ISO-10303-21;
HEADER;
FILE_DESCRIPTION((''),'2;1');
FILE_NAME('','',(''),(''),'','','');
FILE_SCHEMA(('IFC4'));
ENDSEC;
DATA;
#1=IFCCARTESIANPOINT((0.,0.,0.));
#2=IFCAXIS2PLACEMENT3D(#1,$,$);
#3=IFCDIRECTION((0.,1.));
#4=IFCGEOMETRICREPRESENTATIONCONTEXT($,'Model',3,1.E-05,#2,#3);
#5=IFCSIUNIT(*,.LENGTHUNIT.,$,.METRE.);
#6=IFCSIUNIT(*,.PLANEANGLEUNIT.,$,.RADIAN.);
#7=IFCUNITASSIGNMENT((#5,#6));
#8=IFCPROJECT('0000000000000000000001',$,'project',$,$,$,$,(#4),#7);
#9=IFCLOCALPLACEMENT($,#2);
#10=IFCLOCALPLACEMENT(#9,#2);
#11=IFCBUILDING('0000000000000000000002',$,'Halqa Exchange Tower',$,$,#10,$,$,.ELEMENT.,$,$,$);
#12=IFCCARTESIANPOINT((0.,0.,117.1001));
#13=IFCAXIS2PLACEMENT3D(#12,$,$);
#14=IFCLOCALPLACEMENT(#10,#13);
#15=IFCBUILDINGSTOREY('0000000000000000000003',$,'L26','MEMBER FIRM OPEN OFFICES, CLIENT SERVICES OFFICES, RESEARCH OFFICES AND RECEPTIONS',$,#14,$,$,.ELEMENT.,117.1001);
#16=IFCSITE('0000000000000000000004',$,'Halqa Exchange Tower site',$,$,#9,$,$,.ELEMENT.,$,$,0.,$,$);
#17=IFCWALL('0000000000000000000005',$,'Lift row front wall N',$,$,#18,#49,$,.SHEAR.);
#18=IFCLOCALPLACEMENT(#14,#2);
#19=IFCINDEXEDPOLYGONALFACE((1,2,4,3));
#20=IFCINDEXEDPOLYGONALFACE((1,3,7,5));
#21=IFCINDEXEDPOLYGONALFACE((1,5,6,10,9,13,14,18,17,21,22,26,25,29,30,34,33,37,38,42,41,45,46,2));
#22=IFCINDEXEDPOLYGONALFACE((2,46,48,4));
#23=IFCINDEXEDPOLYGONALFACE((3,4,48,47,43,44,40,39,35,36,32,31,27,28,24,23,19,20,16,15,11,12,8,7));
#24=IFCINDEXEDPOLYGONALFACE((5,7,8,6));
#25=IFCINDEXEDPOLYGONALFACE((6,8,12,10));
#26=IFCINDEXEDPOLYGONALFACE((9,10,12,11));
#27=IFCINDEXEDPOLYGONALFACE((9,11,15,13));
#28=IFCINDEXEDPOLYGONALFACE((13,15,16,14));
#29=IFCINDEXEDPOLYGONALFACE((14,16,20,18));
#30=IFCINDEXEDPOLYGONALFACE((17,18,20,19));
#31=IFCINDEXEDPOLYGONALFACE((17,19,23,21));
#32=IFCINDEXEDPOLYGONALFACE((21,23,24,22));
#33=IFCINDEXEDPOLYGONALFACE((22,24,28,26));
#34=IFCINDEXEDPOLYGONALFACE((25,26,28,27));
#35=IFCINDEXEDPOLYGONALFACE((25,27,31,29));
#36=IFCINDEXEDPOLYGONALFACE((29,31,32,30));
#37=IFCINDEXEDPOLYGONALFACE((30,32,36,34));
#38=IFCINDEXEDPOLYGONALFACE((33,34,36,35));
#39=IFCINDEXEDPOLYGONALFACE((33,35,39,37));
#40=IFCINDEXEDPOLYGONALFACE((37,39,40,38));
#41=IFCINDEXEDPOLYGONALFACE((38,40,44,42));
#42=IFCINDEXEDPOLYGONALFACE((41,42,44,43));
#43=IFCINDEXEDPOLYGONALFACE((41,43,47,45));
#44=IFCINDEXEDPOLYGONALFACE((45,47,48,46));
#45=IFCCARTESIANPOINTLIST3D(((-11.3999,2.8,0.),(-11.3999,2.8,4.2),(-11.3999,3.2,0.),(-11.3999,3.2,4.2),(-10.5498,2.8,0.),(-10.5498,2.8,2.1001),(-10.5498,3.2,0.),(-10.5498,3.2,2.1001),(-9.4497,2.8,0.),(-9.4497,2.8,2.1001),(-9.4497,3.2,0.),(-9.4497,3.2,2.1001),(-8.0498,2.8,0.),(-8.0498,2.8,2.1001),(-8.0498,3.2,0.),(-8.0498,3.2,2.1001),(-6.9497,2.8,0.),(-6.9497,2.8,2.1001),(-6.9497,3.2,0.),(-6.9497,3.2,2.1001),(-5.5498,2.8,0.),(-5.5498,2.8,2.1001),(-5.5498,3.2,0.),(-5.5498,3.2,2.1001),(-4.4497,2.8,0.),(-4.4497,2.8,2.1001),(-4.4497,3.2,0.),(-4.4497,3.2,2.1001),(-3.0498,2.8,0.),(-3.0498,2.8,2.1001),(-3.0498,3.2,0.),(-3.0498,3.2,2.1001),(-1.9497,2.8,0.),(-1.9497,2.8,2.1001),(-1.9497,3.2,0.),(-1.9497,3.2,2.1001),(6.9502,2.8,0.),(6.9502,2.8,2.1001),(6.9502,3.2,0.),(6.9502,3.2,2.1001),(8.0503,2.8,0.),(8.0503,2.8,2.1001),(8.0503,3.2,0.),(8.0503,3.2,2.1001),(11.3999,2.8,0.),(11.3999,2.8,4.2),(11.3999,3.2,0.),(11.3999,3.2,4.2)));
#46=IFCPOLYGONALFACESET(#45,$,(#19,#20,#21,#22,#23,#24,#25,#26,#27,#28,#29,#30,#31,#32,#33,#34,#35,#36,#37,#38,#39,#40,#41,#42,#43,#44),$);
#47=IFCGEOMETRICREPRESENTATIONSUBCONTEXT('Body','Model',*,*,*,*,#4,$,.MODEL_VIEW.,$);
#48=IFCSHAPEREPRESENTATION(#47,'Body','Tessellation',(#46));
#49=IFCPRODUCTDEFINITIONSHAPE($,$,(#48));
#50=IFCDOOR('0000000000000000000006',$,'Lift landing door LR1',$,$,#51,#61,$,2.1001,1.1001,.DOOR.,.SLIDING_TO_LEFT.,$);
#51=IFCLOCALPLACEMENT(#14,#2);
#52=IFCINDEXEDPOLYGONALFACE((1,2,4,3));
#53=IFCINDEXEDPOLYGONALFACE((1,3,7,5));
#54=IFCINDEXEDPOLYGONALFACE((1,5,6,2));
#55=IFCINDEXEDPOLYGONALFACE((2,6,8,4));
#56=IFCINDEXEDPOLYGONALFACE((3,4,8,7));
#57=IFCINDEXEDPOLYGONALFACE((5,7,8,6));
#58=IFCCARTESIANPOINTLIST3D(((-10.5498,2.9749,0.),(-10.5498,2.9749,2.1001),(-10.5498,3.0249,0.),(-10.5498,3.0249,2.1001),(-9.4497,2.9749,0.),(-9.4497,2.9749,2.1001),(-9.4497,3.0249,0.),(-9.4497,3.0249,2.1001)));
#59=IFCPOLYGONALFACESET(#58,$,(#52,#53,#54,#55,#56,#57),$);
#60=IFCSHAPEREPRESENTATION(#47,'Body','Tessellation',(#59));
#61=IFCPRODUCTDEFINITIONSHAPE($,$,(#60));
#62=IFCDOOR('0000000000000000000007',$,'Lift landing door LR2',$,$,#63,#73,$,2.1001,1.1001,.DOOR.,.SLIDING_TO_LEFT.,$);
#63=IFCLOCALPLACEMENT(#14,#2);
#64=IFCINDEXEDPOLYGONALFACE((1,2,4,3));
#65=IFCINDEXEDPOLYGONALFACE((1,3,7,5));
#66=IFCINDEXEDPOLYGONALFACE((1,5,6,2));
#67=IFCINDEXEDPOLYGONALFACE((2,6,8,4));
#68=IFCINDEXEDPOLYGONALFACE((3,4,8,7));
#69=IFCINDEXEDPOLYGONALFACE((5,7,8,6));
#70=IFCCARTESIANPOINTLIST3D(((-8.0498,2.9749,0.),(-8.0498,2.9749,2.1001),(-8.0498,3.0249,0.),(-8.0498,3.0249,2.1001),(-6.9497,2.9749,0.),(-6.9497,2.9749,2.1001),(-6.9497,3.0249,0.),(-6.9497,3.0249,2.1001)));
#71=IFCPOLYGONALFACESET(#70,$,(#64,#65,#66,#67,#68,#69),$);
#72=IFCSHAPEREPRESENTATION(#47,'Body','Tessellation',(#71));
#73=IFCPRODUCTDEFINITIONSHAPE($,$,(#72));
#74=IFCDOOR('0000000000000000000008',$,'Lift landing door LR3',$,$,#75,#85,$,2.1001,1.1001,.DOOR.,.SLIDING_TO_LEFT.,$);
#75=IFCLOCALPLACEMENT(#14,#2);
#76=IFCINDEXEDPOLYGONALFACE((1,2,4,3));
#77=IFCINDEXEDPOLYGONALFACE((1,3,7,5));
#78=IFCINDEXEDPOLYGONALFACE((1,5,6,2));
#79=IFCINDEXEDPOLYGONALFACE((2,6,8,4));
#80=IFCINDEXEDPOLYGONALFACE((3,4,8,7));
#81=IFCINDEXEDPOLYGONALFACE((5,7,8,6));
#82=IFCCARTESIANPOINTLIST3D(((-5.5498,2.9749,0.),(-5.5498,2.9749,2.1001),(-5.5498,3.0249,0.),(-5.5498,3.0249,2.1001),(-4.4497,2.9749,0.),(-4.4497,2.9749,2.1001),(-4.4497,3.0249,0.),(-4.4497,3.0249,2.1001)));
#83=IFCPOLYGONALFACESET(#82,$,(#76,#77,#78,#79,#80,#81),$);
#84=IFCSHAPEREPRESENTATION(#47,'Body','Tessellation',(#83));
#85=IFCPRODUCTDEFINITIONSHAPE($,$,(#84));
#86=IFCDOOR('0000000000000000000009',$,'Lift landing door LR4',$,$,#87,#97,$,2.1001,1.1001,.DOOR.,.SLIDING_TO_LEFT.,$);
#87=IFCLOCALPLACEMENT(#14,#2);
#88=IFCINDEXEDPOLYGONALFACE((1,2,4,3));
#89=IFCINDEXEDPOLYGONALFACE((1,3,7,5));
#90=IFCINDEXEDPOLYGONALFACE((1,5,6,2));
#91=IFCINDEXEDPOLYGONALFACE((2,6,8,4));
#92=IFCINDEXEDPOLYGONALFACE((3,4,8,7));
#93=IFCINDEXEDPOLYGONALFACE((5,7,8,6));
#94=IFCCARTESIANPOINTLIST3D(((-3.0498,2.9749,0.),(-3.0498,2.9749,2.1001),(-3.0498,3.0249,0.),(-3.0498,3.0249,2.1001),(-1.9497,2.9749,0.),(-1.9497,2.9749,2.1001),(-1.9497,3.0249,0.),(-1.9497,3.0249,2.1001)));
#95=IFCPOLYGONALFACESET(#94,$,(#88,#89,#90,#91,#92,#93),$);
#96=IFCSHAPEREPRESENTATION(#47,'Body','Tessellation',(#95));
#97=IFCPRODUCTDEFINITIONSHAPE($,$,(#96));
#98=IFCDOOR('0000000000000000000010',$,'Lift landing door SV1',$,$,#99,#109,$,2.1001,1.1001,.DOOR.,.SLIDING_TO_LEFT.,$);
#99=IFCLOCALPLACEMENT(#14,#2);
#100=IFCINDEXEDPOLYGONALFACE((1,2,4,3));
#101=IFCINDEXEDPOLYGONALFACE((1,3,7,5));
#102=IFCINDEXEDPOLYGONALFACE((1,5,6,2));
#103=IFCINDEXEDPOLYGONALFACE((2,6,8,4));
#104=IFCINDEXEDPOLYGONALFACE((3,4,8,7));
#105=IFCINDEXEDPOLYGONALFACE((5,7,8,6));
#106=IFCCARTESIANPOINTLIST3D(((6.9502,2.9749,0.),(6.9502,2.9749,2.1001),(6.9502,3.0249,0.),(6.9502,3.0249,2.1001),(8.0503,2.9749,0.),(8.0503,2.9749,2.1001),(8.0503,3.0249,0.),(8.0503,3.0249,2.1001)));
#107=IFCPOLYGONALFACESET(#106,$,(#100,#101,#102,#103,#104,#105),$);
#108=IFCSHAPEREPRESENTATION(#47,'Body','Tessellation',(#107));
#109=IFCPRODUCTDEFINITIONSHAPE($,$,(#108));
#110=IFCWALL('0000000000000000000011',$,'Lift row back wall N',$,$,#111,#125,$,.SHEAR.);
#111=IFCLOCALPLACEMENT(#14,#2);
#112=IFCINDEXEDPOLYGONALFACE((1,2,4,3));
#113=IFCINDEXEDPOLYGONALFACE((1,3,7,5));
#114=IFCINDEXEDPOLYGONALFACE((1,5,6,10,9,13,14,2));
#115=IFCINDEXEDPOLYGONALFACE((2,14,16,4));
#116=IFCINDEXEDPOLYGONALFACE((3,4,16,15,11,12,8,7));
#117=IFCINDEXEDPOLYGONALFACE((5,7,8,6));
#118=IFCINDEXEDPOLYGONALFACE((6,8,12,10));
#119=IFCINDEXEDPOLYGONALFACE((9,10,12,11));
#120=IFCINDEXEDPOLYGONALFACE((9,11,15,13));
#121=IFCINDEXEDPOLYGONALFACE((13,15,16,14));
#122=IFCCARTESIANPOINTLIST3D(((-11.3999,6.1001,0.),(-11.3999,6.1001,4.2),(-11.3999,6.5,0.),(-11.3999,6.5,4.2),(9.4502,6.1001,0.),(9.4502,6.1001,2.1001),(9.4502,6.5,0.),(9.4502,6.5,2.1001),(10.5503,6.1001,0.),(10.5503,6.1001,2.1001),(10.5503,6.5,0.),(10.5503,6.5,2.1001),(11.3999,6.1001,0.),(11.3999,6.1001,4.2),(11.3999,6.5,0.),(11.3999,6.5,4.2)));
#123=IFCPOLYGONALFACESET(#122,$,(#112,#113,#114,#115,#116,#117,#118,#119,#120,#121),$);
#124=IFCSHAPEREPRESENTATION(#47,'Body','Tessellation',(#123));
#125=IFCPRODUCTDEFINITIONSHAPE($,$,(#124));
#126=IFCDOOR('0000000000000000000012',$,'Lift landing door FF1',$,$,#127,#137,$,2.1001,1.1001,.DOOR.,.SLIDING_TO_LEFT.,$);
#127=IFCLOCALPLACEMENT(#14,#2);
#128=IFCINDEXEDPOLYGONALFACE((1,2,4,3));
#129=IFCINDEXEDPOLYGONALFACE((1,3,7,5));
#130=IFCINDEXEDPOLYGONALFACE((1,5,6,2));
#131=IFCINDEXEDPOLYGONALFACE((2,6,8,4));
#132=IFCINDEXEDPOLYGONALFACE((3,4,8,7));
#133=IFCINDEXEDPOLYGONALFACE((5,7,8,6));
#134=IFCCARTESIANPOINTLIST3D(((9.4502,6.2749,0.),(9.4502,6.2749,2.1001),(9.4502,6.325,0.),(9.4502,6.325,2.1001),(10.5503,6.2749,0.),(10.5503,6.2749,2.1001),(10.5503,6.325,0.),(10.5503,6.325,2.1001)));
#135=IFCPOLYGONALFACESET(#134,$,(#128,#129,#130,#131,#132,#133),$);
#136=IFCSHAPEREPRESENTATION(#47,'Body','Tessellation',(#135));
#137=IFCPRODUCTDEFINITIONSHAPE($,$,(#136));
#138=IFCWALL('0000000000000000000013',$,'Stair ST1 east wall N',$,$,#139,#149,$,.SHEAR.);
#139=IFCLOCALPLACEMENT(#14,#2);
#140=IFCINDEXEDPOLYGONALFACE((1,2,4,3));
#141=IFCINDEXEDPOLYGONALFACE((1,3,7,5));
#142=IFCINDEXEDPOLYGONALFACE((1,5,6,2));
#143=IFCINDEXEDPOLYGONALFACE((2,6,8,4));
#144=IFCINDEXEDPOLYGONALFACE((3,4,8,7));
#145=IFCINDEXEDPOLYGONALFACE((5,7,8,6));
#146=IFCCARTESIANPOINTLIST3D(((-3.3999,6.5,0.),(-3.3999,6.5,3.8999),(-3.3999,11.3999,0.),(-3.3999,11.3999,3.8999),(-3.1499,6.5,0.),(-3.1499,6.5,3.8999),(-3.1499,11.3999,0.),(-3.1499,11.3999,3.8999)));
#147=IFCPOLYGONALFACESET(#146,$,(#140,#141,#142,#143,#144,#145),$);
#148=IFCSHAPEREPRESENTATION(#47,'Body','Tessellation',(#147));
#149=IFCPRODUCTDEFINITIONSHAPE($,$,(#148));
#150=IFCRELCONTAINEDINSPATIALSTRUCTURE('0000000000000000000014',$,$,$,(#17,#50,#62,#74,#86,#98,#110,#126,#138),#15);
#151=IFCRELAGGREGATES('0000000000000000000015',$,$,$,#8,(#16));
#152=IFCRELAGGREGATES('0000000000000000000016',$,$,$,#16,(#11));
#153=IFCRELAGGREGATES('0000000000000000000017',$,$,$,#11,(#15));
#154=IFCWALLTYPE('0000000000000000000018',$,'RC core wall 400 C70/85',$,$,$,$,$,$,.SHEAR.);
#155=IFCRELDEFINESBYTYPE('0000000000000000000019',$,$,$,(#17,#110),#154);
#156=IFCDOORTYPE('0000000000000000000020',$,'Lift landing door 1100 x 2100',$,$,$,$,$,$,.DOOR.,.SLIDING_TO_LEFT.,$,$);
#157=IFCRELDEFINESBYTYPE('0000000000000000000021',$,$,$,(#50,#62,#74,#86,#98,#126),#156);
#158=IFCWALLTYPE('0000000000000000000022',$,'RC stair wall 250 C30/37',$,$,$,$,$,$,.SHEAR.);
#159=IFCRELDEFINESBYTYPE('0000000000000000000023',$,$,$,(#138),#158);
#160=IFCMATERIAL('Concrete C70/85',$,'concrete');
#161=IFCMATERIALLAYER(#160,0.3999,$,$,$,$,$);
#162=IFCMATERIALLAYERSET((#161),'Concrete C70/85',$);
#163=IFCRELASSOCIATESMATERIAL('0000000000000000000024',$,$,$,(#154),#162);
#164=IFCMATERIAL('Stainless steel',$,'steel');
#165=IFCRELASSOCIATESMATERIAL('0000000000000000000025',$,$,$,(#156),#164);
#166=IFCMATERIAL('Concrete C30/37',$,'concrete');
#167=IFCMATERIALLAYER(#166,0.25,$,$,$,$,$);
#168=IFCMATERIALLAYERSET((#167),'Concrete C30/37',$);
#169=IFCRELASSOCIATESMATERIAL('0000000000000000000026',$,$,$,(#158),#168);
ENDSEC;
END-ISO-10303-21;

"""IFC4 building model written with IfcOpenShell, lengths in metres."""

from ifc_helpers import new_model, si_unit, direction, frame, frame_2d, origin, place, context, subcontext, project, spatial, rectangle, extrude, material, layer, layer_set, type_object, element, fill, save


model = new_model("IFC4")

# Units and contexts
model_context = context("Model", 3, precision=1e-05, world=origin(), true_north=direction((0.0, 1.0)))
body_context = subcontext(model_context, "Body", "Model", "MODEL_VIEW")
ifc_project = project(units=[si_unit("LENGTHUNIT", "METRE"), si_unit("PLANEANGLEUNIT", "RADIAN")], contexts=[model_context])

# Site, building, storey
site_placement = place(None, origin())
site = spatial("IfcSite", under=ifc_project, at=site_placement, Name="Halqa Exchange Tower site", CompositionType="ELEMENT", RefElevation=0.0)
building_placement = place(site_placement, origin())
building = spatial("IfcBuilding", under=site, at=building_placement, Name="Halqa Exchange Tower", CompositionType="ELEMENT")
storey_placement = place(building_placement, frame((0.0, 0.0, 117.1001)))
storey = spatial("IfcBuildingStorey", under=building, at=storey_placement, Name="L26", Description="MEMBER FIRM OPEN OFFICES, CLIENT SERVICES OFFICES, RESEARCH OFFICES AND RECEPTIONS", CompositionType="ELEMENT", Elevation=117.1001)

# Wall, openings, doors
ifc_material_1 = material(Name="Concrete C70/85", Category="concrete")
ifc_layer_1 = layer(ifc_material_1, 0.3999)
ifc_layer_set_1 = layer_set([ifc_layer_1], Name="Concrete C70/85")
wall_type_1 = type_object("IfcWallType", Name="RC core wall 400 C70/85", PredefinedType="SHEAR", material=ifc_layer_set_1)
wall_1_placement = place(storey_placement, frame((-11.3999, 3.0, 0.0), z_axis=(0.0, 0.0, 1.0), x_axis=(1.0, 0.0, 0.0)))
wall_1 = element("IfcWall", 1, at=wall_1_placement, inside=storey, type_object=wall_type_1, Name="Lift row front wall N", PredefinedType="SHEAR", context=body_context, shape_type="SweptSolid", body=[
    extrude(rectangle(XDim=22.7998, YDim=0.3999, at=frame_2d((11.3999, 0.0))), origin(), (0.0, 0.0, 1.0), 4.2),
])
opening_1_placement = place(wall_1_placement, frame((0.8501, 0.0, 0.0)))
opening_1 = element("IfcOpeningElement", 2, at=opening_1_placement, cuts=wall_1, PredefinedType="OPENING", context=body_context, shape_type="SweptSolid", body=[
    extrude(rectangle(XDim=1.1001, YDim=2.1001, at=frame_2d((0.55, 1.05))), frame((0.0, 0.2119, 0.0), z_axis=(0.0, -1.0, 0.0), x_axis=(1.0, 0.0, 0.0)), (0.0, 0.0, 1.0), 0.4238),
])
opening_2_placement = place(wall_1_placement, frame((3.3501, 0.0, 0.0)))
opening_2 = element("IfcOpeningElement", 3, at=opening_2_placement, cuts=wall_1, PredefinedType="OPENING", context=body_context, shape_type="SweptSolid", body=[
    extrude(rectangle(XDim=1.1001, YDim=2.1001, at=frame_2d((0.55, 1.05))), frame((0.0, 0.2119, 0.0), z_axis=(0.0, -1.0, 0.0), x_axis=(1.0, 0.0, 0.0)), (0.0, 0.0, 1.0), 0.4238),
])
opening_3_placement = place(wall_1_placement, frame((5.8501, 0.0, 0.0)))
opening_3 = element("IfcOpeningElement", 4, at=opening_3_placement, cuts=wall_1, PredefinedType="OPENING", context=body_context, shape_type="SweptSolid", body=[
    extrude(rectangle(XDim=1.1001, YDim=2.1001, at=frame_2d((0.55, 1.05))), frame((0.0, 0.2119, 0.0), z_axis=(0.0, -1.0, 0.0), x_axis=(1.0, 0.0, 0.0)), (0.0, 0.0, 1.0), 0.4238),
])
opening_4_placement = place(wall_1_placement, frame((8.3501, 0.0, 0.0)))
opening_4 = element("IfcOpeningElement", 5, at=opening_4_placement, cuts=wall_1, PredefinedType="OPENING", context=body_context, shape_type="SweptSolid", body=[
    extrude(rectangle(XDim=1.1001, YDim=2.1001, at=frame_2d((0.55, 1.05))), frame((0.0, 0.2119, 0.0), z_axis=(0.0, -1.0, 0.0), x_axis=(1.0, 0.0, 0.0)), (0.0, 0.0, 1.0), 0.4238),
])
opening_5_placement = place(wall_1_placement, frame((18.3501, 0.0, 0.0)))
opening_5 = element("IfcOpeningElement", 6, at=opening_5_placement, cuts=wall_1, PredefinedType="OPENING", context=body_context, shape_type="SweptSolid", body=[
    extrude(rectangle(XDim=1.1001, YDim=2.1001, at=frame_2d((0.55, 1.05))), frame((0.0, 0.2119, 0.0), z_axis=(0.0, -1.0, 0.0), x_axis=(1.0, 0.0, 0.0)), (0.0, 0.0, 1.0), 0.4238),
])
ifc_material_2 = material(Name="Stainless steel", Category="steel")
door_type = type_object("IfcDoorType", Name="Lift landing door 1100 x 2100", OperationType="SLIDING_TO_LEFT", PredefinedType="DOOR", material=ifc_material_2)
door_1_placement = place(opening_1_placement, origin())
door_1 = element("IfcDoor", 7, at=door_1_placement, inside=storey, type_object=door_type, Name="Lift landing door LR1", OperationType="SLIDING_TO_LEFT", OverallHeight=2.1001, OverallWidth=1.1001, PredefinedType="DOOR", context=body_context, shape_type="SweptSolid", body=[
    extrude(rectangle(XDim=1.1001, YDim=2.1001, at=frame_2d((0.55, 1.05))), frame((0.0, 0.0249, 0.0), z_axis=(0.0, -1.0, 0.0), x_axis=(1.0, 0.0, 0.0)), (0.0, 0.0, 1.0), 0.05),
])
fill(opening_1, door_1)
door_2_placement = place(opening_2_placement, origin())
door_2 = element("IfcDoor", 8, at=door_2_placement, inside=storey, type_object=door_type, Name="Lift landing door LR2", OperationType="SLIDING_TO_LEFT", OverallHeight=2.1001, OverallWidth=1.1001, PredefinedType="DOOR", context=body_context, shape_type="SweptSolid", body=[
    extrude(rectangle(XDim=1.1001, YDim=2.1001, at=frame_2d((0.55, 1.05))), frame((0.0, 0.0249, 0.0), z_axis=(0.0, -1.0, 0.0), x_axis=(1.0, 0.0, 0.0)), (0.0, 0.0, 1.0), 0.05),
])
fill(opening_2, door_2)
door_3_placement = place(opening_3_placement, origin())
door_3 = element("IfcDoor", 9, at=door_3_placement, inside=storey, type_object=door_type, Name="Lift landing door LR3", OperationType="SLIDING_TO_LEFT", OverallHeight=2.1001, OverallWidth=1.1001, PredefinedType="DOOR", context=body_context, shape_type="SweptSolid", body=[
    extrude(rectangle(XDim=1.1001, YDim=2.1001, at=frame_2d((0.55, 1.05))), frame((0.0, 0.0249, 0.0), z_axis=(0.0, -1.0, 0.0), x_axis=(1.0, 0.0, 0.0)), (0.0, 0.0, 1.0), 0.05),
])
fill(opening_3, door_3)
door_4_placement = place(opening_4_placement, origin())
door_4 = element("IfcDoor", 10, at=door_4_placement, inside=storey, type_object=door_type, Name="Lift landing door LR4", OperationType="SLIDING_TO_LEFT", OverallHeight=2.1001, OverallWidth=1.1001, PredefinedType="DOOR", context=body_context, shape_type="SweptSolid", body=[
    extrude(rectangle(XDim=1.1001, YDim=2.1001, at=frame_2d((0.55, 1.05))), frame((0.0, 0.0249, 0.0), z_axis=(0.0, -1.0, 0.0), x_axis=(1.0, 0.0, 0.0)), (0.0, 0.0, 1.0), 0.05),
])
fill(opening_4, door_4)
door_5_placement = place(opening_5_placement, origin())
door_5 = element("IfcDoor", 11, at=door_5_placement, inside=storey, type_object=door_type, Name="Lift landing door SV1", OperationType="SLIDING_TO_LEFT", OverallHeight=2.1001, OverallWidth=1.1001, PredefinedType="DOOR", context=body_context, shape_type="SweptSolid", body=[
    extrude(rectangle(XDim=1.1001, YDim=2.1001, at=frame_2d((0.55, 1.05))), frame((0.0, 0.0249, 0.0), z_axis=(0.0, -1.0, 0.0), x_axis=(1.0, 0.0, 0.0)), (0.0, 0.0, 1.0), 0.05),
])
fill(opening_5, door_5)

# Wall, opening, door
wall_2_placement = place(storey_placement, frame((-11.3999, 6.3, 0.0), z_axis=(0.0, 0.0, 1.0), x_axis=(1.0, 0.0, 0.0)))
wall_2 = element("IfcWall", 12, at=wall_2_placement, inside=storey, type_object=wall_type_1, Name="Lift row back wall N", PredefinedType="SHEAR", context=body_context, shape_type="SweptSolid", body=[
    extrude(rectangle(XDim=22.7998, YDim=0.3999, at=frame_2d((11.3999, 0.0))), origin(), (0.0, 0.0, 1.0), 4.2),
])
opening_6_placement = place(wall_2_placement, frame((20.8501, 0.0, 0.0)))
opening_6 = element("IfcOpeningElement", 13, at=opening_6_placement, cuts=wall_2, PredefinedType="OPENING", context=body_context, shape_type="SweptSolid", body=[
    extrude(rectangle(XDim=1.1001, YDim=2.1001, at=frame_2d((0.55, 1.05))), frame((0.0, 0.2119, 0.0), z_axis=(0.0, -1.0, 0.0), x_axis=(1.0, 0.0, 0.0)), (0.0, 0.0, 1.0), 0.4238),
])
door_6_placement = place(opening_6_placement, origin())
door_6 = element("IfcDoor", 14, at=door_6_placement, inside=storey, type_object=door_type, Name="Lift landing door FF1", OperationType="SLIDING_TO_LEFT", OverallHeight=2.1001, OverallWidth=1.1001, PredefinedType="DOOR", context=body_context, shape_type="SweptSolid", body=[
    extrude(rectangle(XDim=1.1001, YDim=2.1001, at=frame_2d((0.55, 1.05))), frame((0.0, 0.0249, 0.0), z_axis=(0.0, -1.0, 0.0), x_axis=(1.0, 0.0, 0.0)), (0.0, 0.0, 1.0), 0.05),
])
fill(opening_6, door_6)

# Wall
ifc_material_3 = material(Name="Concrete C30/37", Category="concrete")
ifc_layer_2 = layer(ifc_material_3, 0.25)
ifc_layer_set_2 = layer_set([ifc_layer_2], Name="Concrete C30/37")
wall_type_2 = type_object("IfcWallType", Name="RC stair wall 250 C30/37", PredefinedType="SHEAR", material=ifc_layer_set_2)
wall_3_placement = place(storey_placement, frame((-3.2749, 6.5, 0.0), z_axis=(0.0, 0.0, 1.0), x_axis=(0.0, 1.0, 0.0)))
element("IfcWall", 15, at=wall_3_placement, inside=storey, type_object=wall_type_2, Name="Stair ST1 east wall N", PredefinedType="SHEAR", context=body_context, shape_type="SweptSolid", body=[
    extrude(rectangle(XDim=4.8999, YDim=0.25, at=frame_2d((2.45, 0.0))), origin(), (0.0, 0.0, 1.0), 3.8999),
])

save(model, "model.ifc")
